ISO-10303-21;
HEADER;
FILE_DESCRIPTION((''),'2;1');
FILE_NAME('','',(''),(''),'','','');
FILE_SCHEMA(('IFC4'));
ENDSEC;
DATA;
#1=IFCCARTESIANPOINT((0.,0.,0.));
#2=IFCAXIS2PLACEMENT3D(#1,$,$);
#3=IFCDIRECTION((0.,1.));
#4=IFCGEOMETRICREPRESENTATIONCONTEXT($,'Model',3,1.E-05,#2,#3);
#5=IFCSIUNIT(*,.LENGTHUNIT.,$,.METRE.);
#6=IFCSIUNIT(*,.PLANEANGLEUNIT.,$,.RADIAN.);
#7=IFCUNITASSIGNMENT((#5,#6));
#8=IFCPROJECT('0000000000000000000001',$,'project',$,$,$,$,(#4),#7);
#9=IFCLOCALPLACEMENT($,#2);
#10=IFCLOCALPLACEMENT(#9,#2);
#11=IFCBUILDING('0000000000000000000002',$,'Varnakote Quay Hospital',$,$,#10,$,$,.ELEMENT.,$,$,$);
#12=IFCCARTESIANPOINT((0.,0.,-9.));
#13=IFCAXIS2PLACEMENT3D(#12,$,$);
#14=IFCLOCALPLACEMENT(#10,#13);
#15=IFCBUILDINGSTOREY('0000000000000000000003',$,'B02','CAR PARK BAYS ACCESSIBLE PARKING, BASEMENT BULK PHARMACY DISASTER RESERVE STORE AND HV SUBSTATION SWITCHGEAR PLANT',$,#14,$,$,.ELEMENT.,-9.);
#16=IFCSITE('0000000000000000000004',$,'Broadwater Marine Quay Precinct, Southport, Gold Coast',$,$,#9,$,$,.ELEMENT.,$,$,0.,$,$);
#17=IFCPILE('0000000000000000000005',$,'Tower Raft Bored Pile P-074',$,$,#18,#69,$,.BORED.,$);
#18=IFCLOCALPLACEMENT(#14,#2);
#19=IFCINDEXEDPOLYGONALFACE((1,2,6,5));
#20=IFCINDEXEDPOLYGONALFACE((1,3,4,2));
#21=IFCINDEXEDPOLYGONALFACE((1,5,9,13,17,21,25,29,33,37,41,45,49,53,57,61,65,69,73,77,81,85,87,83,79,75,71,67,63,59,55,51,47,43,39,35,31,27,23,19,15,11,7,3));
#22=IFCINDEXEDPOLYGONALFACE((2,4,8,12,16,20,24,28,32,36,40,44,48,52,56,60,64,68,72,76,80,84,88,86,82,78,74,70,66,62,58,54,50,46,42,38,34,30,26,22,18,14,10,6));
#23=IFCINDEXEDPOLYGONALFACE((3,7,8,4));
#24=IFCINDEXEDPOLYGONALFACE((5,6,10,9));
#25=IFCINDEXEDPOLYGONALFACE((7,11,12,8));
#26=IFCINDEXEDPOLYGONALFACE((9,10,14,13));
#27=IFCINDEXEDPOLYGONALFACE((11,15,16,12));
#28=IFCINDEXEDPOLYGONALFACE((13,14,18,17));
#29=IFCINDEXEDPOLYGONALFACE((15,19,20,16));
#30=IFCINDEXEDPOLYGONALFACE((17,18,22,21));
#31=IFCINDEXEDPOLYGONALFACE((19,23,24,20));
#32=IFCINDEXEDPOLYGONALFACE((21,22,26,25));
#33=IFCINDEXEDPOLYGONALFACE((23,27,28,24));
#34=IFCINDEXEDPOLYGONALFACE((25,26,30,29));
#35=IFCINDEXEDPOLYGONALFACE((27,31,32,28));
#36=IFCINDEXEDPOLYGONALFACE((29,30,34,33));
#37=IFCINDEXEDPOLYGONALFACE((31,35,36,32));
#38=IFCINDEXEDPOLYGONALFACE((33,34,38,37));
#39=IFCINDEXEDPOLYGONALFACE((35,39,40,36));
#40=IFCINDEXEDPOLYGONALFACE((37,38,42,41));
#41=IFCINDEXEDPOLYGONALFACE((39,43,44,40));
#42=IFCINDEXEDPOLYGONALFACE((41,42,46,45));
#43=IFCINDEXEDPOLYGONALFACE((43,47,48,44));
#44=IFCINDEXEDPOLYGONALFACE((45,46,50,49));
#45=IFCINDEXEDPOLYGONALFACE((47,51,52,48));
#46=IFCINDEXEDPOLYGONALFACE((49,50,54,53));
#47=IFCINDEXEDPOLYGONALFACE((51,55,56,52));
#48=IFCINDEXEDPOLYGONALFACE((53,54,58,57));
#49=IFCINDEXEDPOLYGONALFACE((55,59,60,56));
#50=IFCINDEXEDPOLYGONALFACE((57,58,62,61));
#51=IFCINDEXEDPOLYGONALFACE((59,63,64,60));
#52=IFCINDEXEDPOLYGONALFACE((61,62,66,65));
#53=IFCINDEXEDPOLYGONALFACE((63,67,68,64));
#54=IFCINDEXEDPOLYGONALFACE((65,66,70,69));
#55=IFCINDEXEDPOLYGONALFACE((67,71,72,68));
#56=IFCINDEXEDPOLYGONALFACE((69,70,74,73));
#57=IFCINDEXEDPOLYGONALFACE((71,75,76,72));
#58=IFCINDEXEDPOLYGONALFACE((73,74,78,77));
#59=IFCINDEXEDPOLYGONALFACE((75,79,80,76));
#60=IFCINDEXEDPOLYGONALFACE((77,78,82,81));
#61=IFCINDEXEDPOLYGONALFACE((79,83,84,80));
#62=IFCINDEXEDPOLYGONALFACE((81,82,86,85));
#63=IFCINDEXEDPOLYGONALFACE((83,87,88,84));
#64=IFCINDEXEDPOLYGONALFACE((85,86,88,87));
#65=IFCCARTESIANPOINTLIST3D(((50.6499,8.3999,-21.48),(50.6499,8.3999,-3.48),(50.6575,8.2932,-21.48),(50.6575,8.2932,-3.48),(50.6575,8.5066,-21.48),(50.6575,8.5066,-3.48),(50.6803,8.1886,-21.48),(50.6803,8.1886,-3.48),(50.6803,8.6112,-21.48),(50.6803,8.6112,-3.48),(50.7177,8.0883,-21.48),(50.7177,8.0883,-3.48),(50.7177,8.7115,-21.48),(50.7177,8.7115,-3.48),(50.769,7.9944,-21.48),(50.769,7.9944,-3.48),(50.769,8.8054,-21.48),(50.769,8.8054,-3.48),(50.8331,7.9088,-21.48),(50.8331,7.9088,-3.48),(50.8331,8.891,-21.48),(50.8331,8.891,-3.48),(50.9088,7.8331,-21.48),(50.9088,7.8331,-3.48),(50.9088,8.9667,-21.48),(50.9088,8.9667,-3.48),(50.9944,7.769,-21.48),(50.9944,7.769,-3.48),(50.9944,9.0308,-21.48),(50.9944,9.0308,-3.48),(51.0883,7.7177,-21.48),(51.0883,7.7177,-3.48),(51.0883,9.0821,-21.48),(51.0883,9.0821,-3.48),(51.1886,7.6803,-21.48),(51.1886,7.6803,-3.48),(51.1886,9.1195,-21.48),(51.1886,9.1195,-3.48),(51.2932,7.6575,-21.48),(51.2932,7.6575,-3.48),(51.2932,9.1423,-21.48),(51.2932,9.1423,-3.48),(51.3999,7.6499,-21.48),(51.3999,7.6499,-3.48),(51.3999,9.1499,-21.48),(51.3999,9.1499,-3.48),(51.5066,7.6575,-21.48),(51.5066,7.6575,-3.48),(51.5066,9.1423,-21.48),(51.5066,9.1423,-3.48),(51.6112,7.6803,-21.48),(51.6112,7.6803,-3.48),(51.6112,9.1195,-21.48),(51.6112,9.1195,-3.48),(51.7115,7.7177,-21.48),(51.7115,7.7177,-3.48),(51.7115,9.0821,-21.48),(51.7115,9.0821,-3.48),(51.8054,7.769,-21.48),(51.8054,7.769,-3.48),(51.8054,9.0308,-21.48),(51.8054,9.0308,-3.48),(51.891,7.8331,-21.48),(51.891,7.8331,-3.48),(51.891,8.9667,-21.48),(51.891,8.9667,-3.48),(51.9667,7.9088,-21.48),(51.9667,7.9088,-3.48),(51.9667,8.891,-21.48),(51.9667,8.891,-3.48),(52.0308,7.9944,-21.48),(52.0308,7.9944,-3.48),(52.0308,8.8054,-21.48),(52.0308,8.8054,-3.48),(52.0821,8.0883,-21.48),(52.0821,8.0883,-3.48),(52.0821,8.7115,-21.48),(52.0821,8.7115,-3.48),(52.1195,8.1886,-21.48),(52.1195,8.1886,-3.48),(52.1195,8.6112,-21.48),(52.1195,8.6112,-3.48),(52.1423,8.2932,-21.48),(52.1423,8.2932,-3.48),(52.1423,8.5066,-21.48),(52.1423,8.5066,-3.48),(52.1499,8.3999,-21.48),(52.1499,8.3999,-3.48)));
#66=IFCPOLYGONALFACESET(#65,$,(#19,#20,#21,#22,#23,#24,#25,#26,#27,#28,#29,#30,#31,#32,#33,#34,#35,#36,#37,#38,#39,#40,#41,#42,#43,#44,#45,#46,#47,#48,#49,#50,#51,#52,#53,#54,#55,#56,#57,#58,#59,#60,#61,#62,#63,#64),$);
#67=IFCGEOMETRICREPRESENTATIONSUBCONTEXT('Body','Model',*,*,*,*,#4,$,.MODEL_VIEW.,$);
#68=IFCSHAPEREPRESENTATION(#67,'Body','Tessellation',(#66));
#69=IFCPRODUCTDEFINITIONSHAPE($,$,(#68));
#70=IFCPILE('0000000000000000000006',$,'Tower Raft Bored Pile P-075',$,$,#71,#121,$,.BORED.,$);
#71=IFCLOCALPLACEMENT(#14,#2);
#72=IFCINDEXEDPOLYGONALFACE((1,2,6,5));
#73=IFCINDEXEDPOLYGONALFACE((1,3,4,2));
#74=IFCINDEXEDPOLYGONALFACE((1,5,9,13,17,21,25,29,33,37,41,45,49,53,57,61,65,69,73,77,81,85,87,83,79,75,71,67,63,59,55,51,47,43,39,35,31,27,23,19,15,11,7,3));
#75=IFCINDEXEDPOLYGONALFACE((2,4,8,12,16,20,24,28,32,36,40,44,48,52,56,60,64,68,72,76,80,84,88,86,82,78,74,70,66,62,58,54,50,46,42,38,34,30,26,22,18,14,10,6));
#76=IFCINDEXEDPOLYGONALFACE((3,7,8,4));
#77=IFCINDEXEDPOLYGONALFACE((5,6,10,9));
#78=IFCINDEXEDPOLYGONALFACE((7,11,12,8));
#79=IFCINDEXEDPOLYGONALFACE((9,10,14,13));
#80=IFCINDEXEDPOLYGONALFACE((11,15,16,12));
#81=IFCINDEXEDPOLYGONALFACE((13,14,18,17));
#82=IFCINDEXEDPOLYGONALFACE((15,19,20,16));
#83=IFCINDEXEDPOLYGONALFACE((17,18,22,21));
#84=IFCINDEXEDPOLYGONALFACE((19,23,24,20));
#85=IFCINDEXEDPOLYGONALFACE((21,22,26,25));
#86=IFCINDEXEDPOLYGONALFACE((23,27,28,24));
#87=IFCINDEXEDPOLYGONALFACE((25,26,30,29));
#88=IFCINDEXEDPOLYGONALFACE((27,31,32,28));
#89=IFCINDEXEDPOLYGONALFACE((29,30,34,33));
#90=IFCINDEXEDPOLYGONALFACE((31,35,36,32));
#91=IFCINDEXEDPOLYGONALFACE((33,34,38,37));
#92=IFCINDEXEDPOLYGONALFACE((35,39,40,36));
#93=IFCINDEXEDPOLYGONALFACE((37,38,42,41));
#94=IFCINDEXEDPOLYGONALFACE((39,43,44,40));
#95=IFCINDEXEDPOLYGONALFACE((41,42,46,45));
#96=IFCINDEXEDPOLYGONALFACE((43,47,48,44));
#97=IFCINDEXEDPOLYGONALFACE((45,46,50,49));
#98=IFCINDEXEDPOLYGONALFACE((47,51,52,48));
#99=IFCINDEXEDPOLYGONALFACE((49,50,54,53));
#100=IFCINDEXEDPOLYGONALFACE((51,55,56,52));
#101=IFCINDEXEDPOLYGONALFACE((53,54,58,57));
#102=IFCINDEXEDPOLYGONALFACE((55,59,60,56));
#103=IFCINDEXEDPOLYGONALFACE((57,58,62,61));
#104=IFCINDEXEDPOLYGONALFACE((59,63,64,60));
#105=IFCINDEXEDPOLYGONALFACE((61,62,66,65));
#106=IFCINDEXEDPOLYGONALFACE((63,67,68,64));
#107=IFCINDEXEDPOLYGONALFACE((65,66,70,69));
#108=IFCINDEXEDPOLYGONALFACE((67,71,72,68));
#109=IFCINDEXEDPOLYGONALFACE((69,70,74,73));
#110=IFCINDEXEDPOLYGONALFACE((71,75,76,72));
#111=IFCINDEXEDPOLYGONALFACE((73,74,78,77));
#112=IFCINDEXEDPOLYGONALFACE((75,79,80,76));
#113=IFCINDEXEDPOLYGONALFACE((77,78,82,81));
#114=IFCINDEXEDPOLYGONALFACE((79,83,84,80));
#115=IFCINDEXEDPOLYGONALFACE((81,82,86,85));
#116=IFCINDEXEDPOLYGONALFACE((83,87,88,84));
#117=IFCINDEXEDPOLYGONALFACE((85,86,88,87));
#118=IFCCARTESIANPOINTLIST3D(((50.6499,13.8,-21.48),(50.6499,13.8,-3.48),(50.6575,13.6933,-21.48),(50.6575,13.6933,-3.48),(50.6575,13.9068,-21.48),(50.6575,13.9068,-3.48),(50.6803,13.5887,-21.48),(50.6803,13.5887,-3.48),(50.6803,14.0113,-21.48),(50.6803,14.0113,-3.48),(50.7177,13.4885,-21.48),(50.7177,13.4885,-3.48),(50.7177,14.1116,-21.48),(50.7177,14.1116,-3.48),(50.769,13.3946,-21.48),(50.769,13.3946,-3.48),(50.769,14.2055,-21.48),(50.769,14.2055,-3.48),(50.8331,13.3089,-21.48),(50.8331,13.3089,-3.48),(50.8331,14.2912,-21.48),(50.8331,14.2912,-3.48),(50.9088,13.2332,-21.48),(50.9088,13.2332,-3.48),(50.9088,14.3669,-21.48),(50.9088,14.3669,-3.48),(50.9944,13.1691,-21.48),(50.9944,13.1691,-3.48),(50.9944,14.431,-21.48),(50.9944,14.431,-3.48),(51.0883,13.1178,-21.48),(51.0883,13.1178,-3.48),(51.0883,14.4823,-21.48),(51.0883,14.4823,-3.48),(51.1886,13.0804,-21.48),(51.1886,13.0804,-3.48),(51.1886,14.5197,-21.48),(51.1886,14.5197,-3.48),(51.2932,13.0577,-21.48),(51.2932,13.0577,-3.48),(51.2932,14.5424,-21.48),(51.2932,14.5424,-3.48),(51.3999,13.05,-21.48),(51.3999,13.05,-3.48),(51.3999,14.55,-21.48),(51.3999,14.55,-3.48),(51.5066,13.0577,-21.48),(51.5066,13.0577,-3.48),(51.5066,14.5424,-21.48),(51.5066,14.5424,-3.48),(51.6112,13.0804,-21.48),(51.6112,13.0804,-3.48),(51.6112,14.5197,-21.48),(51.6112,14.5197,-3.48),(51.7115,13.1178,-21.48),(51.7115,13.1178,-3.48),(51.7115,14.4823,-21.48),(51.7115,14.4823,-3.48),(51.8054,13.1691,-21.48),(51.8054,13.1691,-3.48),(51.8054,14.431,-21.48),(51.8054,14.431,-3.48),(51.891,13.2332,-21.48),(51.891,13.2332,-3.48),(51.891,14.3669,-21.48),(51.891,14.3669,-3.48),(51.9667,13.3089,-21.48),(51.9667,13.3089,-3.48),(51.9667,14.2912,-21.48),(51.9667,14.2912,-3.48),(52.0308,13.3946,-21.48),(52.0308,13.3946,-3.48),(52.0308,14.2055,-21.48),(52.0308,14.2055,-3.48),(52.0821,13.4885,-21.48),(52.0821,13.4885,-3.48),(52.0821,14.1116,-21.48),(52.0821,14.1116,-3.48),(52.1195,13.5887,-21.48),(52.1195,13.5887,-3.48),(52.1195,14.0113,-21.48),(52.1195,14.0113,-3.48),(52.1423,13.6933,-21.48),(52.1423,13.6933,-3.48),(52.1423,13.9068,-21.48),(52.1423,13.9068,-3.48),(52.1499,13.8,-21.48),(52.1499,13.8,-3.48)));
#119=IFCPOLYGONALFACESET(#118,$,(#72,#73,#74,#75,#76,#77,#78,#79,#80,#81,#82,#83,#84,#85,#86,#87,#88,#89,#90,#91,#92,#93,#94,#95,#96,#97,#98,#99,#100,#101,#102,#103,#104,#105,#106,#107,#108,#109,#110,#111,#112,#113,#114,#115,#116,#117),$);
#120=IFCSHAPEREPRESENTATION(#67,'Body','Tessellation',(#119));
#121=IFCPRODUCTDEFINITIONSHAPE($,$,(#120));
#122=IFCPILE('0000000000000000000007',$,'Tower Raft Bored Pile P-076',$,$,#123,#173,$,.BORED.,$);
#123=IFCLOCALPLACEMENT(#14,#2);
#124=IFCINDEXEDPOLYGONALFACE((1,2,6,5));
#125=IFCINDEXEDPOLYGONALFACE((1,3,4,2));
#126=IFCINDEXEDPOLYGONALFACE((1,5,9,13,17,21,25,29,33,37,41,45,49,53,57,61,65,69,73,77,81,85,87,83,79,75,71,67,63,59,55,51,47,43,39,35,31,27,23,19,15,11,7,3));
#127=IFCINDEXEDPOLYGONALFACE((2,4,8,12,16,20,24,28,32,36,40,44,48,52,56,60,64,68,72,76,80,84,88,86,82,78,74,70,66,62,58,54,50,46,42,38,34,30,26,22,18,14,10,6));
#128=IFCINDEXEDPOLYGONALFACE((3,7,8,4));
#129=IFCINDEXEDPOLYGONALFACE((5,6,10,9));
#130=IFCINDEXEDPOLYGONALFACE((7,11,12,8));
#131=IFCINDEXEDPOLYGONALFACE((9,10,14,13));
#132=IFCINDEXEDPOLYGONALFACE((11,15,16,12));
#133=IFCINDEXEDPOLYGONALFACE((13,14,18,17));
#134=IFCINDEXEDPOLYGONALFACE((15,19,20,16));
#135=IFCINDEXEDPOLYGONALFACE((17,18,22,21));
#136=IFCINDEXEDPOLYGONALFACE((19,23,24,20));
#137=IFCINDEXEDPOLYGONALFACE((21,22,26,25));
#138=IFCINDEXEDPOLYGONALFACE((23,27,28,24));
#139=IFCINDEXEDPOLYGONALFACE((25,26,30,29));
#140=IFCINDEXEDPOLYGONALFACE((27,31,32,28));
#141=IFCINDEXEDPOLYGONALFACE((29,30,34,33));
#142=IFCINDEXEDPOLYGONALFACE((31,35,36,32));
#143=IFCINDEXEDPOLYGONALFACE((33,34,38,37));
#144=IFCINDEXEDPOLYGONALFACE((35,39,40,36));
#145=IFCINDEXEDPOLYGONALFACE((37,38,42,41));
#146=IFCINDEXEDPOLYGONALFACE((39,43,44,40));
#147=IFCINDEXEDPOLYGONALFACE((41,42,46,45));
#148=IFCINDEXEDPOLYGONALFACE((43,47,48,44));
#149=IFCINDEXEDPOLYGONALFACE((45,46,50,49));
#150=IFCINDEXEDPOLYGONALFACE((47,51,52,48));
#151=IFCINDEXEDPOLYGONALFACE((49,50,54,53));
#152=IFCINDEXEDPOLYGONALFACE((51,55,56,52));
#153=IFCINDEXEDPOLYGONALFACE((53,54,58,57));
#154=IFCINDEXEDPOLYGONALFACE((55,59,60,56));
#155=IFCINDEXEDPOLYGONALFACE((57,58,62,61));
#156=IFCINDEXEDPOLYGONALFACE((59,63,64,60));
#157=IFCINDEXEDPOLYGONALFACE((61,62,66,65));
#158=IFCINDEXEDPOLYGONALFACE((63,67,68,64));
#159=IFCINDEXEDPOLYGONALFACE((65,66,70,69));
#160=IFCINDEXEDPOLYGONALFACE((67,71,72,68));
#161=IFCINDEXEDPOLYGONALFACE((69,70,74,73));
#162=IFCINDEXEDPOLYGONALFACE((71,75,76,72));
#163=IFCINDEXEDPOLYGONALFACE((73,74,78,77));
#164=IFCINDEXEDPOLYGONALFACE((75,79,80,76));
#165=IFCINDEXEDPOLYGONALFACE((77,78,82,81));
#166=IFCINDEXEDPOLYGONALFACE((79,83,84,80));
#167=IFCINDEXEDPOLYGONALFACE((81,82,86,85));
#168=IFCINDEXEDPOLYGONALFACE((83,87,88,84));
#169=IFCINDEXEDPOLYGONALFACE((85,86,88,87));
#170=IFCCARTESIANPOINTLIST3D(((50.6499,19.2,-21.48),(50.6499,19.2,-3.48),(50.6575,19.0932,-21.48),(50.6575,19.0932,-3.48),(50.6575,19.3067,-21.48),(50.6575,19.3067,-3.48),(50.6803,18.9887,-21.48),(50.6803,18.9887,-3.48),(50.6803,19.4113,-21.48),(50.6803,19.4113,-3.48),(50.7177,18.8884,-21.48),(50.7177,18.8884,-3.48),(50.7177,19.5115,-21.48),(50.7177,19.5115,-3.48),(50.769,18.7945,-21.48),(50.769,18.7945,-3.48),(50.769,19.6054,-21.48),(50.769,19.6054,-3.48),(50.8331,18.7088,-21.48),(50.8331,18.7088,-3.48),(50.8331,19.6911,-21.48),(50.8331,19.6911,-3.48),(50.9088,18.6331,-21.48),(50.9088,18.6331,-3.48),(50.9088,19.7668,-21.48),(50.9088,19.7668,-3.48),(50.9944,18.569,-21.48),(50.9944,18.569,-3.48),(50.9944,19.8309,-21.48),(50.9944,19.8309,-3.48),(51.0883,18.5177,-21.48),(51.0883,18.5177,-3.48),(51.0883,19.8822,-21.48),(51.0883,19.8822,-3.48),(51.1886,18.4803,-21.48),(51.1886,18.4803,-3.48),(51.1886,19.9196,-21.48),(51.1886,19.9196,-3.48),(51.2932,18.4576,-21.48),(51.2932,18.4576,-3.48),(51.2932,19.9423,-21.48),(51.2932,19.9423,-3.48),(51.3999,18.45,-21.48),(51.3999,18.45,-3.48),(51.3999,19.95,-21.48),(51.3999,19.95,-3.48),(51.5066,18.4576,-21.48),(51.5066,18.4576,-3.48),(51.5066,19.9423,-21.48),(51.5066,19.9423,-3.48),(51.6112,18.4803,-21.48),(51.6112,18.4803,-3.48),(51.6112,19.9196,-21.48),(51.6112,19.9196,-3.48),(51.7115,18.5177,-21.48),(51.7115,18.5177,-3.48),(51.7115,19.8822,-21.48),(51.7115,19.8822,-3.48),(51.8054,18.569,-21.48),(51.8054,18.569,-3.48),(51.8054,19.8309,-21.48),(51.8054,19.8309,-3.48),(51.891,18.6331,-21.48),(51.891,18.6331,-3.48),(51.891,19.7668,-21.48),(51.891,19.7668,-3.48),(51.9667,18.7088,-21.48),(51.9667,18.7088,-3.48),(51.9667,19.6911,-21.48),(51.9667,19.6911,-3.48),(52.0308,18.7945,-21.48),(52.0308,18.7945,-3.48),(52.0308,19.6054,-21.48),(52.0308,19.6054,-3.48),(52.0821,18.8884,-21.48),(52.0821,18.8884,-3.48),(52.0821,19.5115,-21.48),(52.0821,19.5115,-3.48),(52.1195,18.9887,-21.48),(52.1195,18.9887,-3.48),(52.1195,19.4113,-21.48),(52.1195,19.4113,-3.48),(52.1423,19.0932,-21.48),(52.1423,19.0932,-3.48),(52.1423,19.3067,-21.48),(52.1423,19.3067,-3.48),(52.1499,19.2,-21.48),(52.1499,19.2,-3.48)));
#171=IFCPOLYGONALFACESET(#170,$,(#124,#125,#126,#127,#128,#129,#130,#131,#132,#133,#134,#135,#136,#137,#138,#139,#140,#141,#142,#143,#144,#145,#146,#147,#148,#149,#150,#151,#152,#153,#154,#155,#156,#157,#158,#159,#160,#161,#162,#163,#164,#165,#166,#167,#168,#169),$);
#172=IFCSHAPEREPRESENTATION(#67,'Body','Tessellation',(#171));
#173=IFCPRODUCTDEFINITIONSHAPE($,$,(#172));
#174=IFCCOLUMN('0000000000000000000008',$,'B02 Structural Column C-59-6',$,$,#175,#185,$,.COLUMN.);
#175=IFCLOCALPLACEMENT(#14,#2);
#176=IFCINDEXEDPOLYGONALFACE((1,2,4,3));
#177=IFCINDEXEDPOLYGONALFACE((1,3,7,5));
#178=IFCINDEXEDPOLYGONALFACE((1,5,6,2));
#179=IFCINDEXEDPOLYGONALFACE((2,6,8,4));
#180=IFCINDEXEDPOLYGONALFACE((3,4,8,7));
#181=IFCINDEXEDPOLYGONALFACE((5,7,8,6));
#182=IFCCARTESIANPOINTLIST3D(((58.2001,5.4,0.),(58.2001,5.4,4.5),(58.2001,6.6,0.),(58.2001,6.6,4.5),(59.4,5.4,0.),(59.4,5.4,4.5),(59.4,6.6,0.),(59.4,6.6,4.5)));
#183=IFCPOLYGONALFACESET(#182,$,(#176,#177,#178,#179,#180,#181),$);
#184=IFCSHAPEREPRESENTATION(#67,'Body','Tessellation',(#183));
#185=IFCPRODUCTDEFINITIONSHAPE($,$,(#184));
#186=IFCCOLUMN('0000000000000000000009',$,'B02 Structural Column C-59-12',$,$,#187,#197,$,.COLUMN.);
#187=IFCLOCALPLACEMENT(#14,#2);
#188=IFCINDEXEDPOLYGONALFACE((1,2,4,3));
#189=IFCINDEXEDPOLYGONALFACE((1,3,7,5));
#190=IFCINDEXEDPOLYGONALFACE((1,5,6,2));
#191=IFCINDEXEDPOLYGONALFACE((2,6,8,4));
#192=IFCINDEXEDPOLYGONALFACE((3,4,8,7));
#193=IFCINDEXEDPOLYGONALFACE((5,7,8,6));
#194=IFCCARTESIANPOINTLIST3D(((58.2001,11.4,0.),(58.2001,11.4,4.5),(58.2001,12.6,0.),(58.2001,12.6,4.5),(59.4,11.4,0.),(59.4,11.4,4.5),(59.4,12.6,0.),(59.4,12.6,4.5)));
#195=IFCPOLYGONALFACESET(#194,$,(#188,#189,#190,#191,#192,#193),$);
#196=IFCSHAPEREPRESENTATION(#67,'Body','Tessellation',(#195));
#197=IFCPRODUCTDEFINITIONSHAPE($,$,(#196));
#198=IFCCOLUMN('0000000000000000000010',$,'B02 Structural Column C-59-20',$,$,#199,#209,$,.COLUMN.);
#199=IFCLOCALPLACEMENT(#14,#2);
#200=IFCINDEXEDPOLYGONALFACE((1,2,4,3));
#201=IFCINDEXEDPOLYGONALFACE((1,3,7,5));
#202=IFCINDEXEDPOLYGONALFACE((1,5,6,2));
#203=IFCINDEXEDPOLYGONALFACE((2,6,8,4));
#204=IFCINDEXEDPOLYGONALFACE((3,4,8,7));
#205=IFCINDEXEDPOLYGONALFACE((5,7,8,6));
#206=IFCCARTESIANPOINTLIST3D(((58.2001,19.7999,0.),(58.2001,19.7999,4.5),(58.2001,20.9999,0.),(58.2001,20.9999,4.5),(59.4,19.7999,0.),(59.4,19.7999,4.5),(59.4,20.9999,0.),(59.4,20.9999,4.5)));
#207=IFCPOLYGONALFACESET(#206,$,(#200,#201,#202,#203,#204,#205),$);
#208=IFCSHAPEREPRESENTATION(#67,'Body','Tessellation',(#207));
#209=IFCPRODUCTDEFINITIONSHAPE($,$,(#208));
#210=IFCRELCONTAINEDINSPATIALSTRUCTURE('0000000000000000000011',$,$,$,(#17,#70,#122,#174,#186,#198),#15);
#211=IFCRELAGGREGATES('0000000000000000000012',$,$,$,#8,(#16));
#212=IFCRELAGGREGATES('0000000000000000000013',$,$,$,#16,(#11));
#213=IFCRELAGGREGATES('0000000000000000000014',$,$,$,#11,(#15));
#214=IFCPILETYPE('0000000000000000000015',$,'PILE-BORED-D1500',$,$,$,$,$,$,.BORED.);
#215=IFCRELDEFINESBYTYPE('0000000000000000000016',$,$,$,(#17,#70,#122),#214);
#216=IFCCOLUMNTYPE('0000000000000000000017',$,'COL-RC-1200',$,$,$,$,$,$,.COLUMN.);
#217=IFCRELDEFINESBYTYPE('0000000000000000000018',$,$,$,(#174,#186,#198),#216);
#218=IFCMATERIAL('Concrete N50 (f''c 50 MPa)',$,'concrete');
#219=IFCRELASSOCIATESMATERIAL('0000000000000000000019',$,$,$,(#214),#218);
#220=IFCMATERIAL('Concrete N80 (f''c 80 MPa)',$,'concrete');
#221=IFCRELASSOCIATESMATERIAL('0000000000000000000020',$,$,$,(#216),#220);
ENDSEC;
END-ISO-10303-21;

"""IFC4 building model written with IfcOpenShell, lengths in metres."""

from ifc_helpers import new_model, si_unit, direction, frame, origin, origin_2d, place, context, subcontext, project, spatial, rectangle, circle, extrude, material, material_profile, profile_set, type_object, element, save


model = new_model("IFC4")

# Units and contexts
model_context = context("Model", 3, precision=1e-05, world=origin(), true_north=direction((0.0, 1.0)))
body_context = subcontext(model_context, "Body", "Model", "MODEL_VIEW")
ifc_project = project(units=[si_unit("LENGTHUNIT", "METRE"), si_unit("PLANEANGLEUNIT", "RADIAN")], contexts=[model_context])

# Site, building, storey
site_placement = place(None, origin())
site = spatial("IfcSite", under=ifc_project, at=site_placement, Name="Broadwater Marine Quay Precinct, Southport, Gold Coast", CompositionType="ELEMENT", RefElevation=0.0)
building_placement = place(site_placement, origin())
building = spatial("IfcBuilding", under=site, at=building_placement, Name="Varnakote Quay Hospital", CompositionType="ELEMENT")
storey_placement = place(building_placement, frame((0.0, 0.0, -9.0)))
storey = spatial("IfcBuildingStorey", under=building, at=storey_placement, Name="B02", Description="CAR PARK BAYS ACCESSIBLE PARKING, BASEMENT BULK PHARMACY DISASTER RESERVE STORE AND HV SUBSTATION SWITCHGEAR PLANT", CompositionType="ELEMENT", Elevation=-9.0)

# Piles
ifc_material_1 = material(Name="Concrete N50 (f'c 50 MPa)", Category="concrete")
ifc_material_profile_1 = material_profile(ifc_material_1, circle(Radius=0.75, at=origin_2d()), Name="PILE-D1500")
ifc_profile_set_1 = profile_set([ifc_material_profile_1], Name="Concrete N50 (f'c 50 MPa)")
pile_type_1 = type_object("IfcPileType", Name="PILE-BORED-D1500", PredefinedType="BORED", material=ifc_profile_set_1)
for number, where, z_axis, x_axis, name in (
    (1, (51.3999, 8.3999, -3.48), (0.0, 0.0, -1.0), (1.0, 0.0, 0.0), "Tower Raft Bored Pile P-074"),
    (2, (51.3999, 13.8, -3.48), (0.0, 0.0, -1.0), (1.0, 0.0, 0.0), "Tower Raft Bored Pile P-075"),
    (3, (51.3999, 19.2, -3.48), (0.0, 0.0, -1.0), (1.0, 0.0, 0.0), "Tower Raft Bored Pile P-076"),
):
    element("IfcPile", number, at=place(storey_placement, frame(where, z_axis=z_axis, x_axis=x_axis)), inside=storey, type_object=pile_type_1, Name=name, PredefinedType="BORED", context=body_context, shape_type="SweptSolid", body=[
        extrude(circle(Radius=0.75, at=origin_2d()), origin(), (0.0, 0.0, 1.0), 18.0),
    ])

# Columns
ifc_material_2 = material(Name="Concrete N80 (f'c 80 MPa)", Category="concrete")
ifc_material_profile_2 = material_profile(ifc_material_2, rectangle(XDim=1.2, YDim=1.2, at=origin_2d()), Name="RC-COL-1200x1200")
ifc_profile_set_2 = profile_set([ifc_material_profile_2], Name="Concrete N80 (f'c 80 MPa)")
column_type = type_object("IfcColumnType", Name="COL-RC-1200", PredefinedType="COLUMN", material=ifc_profile_set_2)
for number, where, z_axis, x_axis, name in (
    (4, (58.8, 6.0, 0.0), (0.0, 0.0, 1.0), (1.0, 0.0, 0.0), "B02 Structural Column C-59-6"),
    (5, (58.8, 12.0, 0.0), (0.0, 0.0, 1.0), (1.0, 0.0, 0.0), "B02 Structural Column C-59-12"),
    (6, (58.8, 20.3999, 0.0), (0.0, 0.0, 1.0), (1.0, 0.0, 0.0), "B02 Structural Column C-59-20"),
):
    element("IfcColumn", number, at=place(storey_placement, frame(where, z_axis=z_axis, x_axis=x_axis)), inside=storey, type_object=column_type, Name=name, PredefinedType="COLUMN", context=body_context, shape_type="SweptSolid", body=[
        extrude(rectangle(XDim=1.2, YDim=1.2, at=origin_2d()), origin(), (0.0, 0.0, 1.0), 4.5),
    ])

save(model, "model.ifc")
